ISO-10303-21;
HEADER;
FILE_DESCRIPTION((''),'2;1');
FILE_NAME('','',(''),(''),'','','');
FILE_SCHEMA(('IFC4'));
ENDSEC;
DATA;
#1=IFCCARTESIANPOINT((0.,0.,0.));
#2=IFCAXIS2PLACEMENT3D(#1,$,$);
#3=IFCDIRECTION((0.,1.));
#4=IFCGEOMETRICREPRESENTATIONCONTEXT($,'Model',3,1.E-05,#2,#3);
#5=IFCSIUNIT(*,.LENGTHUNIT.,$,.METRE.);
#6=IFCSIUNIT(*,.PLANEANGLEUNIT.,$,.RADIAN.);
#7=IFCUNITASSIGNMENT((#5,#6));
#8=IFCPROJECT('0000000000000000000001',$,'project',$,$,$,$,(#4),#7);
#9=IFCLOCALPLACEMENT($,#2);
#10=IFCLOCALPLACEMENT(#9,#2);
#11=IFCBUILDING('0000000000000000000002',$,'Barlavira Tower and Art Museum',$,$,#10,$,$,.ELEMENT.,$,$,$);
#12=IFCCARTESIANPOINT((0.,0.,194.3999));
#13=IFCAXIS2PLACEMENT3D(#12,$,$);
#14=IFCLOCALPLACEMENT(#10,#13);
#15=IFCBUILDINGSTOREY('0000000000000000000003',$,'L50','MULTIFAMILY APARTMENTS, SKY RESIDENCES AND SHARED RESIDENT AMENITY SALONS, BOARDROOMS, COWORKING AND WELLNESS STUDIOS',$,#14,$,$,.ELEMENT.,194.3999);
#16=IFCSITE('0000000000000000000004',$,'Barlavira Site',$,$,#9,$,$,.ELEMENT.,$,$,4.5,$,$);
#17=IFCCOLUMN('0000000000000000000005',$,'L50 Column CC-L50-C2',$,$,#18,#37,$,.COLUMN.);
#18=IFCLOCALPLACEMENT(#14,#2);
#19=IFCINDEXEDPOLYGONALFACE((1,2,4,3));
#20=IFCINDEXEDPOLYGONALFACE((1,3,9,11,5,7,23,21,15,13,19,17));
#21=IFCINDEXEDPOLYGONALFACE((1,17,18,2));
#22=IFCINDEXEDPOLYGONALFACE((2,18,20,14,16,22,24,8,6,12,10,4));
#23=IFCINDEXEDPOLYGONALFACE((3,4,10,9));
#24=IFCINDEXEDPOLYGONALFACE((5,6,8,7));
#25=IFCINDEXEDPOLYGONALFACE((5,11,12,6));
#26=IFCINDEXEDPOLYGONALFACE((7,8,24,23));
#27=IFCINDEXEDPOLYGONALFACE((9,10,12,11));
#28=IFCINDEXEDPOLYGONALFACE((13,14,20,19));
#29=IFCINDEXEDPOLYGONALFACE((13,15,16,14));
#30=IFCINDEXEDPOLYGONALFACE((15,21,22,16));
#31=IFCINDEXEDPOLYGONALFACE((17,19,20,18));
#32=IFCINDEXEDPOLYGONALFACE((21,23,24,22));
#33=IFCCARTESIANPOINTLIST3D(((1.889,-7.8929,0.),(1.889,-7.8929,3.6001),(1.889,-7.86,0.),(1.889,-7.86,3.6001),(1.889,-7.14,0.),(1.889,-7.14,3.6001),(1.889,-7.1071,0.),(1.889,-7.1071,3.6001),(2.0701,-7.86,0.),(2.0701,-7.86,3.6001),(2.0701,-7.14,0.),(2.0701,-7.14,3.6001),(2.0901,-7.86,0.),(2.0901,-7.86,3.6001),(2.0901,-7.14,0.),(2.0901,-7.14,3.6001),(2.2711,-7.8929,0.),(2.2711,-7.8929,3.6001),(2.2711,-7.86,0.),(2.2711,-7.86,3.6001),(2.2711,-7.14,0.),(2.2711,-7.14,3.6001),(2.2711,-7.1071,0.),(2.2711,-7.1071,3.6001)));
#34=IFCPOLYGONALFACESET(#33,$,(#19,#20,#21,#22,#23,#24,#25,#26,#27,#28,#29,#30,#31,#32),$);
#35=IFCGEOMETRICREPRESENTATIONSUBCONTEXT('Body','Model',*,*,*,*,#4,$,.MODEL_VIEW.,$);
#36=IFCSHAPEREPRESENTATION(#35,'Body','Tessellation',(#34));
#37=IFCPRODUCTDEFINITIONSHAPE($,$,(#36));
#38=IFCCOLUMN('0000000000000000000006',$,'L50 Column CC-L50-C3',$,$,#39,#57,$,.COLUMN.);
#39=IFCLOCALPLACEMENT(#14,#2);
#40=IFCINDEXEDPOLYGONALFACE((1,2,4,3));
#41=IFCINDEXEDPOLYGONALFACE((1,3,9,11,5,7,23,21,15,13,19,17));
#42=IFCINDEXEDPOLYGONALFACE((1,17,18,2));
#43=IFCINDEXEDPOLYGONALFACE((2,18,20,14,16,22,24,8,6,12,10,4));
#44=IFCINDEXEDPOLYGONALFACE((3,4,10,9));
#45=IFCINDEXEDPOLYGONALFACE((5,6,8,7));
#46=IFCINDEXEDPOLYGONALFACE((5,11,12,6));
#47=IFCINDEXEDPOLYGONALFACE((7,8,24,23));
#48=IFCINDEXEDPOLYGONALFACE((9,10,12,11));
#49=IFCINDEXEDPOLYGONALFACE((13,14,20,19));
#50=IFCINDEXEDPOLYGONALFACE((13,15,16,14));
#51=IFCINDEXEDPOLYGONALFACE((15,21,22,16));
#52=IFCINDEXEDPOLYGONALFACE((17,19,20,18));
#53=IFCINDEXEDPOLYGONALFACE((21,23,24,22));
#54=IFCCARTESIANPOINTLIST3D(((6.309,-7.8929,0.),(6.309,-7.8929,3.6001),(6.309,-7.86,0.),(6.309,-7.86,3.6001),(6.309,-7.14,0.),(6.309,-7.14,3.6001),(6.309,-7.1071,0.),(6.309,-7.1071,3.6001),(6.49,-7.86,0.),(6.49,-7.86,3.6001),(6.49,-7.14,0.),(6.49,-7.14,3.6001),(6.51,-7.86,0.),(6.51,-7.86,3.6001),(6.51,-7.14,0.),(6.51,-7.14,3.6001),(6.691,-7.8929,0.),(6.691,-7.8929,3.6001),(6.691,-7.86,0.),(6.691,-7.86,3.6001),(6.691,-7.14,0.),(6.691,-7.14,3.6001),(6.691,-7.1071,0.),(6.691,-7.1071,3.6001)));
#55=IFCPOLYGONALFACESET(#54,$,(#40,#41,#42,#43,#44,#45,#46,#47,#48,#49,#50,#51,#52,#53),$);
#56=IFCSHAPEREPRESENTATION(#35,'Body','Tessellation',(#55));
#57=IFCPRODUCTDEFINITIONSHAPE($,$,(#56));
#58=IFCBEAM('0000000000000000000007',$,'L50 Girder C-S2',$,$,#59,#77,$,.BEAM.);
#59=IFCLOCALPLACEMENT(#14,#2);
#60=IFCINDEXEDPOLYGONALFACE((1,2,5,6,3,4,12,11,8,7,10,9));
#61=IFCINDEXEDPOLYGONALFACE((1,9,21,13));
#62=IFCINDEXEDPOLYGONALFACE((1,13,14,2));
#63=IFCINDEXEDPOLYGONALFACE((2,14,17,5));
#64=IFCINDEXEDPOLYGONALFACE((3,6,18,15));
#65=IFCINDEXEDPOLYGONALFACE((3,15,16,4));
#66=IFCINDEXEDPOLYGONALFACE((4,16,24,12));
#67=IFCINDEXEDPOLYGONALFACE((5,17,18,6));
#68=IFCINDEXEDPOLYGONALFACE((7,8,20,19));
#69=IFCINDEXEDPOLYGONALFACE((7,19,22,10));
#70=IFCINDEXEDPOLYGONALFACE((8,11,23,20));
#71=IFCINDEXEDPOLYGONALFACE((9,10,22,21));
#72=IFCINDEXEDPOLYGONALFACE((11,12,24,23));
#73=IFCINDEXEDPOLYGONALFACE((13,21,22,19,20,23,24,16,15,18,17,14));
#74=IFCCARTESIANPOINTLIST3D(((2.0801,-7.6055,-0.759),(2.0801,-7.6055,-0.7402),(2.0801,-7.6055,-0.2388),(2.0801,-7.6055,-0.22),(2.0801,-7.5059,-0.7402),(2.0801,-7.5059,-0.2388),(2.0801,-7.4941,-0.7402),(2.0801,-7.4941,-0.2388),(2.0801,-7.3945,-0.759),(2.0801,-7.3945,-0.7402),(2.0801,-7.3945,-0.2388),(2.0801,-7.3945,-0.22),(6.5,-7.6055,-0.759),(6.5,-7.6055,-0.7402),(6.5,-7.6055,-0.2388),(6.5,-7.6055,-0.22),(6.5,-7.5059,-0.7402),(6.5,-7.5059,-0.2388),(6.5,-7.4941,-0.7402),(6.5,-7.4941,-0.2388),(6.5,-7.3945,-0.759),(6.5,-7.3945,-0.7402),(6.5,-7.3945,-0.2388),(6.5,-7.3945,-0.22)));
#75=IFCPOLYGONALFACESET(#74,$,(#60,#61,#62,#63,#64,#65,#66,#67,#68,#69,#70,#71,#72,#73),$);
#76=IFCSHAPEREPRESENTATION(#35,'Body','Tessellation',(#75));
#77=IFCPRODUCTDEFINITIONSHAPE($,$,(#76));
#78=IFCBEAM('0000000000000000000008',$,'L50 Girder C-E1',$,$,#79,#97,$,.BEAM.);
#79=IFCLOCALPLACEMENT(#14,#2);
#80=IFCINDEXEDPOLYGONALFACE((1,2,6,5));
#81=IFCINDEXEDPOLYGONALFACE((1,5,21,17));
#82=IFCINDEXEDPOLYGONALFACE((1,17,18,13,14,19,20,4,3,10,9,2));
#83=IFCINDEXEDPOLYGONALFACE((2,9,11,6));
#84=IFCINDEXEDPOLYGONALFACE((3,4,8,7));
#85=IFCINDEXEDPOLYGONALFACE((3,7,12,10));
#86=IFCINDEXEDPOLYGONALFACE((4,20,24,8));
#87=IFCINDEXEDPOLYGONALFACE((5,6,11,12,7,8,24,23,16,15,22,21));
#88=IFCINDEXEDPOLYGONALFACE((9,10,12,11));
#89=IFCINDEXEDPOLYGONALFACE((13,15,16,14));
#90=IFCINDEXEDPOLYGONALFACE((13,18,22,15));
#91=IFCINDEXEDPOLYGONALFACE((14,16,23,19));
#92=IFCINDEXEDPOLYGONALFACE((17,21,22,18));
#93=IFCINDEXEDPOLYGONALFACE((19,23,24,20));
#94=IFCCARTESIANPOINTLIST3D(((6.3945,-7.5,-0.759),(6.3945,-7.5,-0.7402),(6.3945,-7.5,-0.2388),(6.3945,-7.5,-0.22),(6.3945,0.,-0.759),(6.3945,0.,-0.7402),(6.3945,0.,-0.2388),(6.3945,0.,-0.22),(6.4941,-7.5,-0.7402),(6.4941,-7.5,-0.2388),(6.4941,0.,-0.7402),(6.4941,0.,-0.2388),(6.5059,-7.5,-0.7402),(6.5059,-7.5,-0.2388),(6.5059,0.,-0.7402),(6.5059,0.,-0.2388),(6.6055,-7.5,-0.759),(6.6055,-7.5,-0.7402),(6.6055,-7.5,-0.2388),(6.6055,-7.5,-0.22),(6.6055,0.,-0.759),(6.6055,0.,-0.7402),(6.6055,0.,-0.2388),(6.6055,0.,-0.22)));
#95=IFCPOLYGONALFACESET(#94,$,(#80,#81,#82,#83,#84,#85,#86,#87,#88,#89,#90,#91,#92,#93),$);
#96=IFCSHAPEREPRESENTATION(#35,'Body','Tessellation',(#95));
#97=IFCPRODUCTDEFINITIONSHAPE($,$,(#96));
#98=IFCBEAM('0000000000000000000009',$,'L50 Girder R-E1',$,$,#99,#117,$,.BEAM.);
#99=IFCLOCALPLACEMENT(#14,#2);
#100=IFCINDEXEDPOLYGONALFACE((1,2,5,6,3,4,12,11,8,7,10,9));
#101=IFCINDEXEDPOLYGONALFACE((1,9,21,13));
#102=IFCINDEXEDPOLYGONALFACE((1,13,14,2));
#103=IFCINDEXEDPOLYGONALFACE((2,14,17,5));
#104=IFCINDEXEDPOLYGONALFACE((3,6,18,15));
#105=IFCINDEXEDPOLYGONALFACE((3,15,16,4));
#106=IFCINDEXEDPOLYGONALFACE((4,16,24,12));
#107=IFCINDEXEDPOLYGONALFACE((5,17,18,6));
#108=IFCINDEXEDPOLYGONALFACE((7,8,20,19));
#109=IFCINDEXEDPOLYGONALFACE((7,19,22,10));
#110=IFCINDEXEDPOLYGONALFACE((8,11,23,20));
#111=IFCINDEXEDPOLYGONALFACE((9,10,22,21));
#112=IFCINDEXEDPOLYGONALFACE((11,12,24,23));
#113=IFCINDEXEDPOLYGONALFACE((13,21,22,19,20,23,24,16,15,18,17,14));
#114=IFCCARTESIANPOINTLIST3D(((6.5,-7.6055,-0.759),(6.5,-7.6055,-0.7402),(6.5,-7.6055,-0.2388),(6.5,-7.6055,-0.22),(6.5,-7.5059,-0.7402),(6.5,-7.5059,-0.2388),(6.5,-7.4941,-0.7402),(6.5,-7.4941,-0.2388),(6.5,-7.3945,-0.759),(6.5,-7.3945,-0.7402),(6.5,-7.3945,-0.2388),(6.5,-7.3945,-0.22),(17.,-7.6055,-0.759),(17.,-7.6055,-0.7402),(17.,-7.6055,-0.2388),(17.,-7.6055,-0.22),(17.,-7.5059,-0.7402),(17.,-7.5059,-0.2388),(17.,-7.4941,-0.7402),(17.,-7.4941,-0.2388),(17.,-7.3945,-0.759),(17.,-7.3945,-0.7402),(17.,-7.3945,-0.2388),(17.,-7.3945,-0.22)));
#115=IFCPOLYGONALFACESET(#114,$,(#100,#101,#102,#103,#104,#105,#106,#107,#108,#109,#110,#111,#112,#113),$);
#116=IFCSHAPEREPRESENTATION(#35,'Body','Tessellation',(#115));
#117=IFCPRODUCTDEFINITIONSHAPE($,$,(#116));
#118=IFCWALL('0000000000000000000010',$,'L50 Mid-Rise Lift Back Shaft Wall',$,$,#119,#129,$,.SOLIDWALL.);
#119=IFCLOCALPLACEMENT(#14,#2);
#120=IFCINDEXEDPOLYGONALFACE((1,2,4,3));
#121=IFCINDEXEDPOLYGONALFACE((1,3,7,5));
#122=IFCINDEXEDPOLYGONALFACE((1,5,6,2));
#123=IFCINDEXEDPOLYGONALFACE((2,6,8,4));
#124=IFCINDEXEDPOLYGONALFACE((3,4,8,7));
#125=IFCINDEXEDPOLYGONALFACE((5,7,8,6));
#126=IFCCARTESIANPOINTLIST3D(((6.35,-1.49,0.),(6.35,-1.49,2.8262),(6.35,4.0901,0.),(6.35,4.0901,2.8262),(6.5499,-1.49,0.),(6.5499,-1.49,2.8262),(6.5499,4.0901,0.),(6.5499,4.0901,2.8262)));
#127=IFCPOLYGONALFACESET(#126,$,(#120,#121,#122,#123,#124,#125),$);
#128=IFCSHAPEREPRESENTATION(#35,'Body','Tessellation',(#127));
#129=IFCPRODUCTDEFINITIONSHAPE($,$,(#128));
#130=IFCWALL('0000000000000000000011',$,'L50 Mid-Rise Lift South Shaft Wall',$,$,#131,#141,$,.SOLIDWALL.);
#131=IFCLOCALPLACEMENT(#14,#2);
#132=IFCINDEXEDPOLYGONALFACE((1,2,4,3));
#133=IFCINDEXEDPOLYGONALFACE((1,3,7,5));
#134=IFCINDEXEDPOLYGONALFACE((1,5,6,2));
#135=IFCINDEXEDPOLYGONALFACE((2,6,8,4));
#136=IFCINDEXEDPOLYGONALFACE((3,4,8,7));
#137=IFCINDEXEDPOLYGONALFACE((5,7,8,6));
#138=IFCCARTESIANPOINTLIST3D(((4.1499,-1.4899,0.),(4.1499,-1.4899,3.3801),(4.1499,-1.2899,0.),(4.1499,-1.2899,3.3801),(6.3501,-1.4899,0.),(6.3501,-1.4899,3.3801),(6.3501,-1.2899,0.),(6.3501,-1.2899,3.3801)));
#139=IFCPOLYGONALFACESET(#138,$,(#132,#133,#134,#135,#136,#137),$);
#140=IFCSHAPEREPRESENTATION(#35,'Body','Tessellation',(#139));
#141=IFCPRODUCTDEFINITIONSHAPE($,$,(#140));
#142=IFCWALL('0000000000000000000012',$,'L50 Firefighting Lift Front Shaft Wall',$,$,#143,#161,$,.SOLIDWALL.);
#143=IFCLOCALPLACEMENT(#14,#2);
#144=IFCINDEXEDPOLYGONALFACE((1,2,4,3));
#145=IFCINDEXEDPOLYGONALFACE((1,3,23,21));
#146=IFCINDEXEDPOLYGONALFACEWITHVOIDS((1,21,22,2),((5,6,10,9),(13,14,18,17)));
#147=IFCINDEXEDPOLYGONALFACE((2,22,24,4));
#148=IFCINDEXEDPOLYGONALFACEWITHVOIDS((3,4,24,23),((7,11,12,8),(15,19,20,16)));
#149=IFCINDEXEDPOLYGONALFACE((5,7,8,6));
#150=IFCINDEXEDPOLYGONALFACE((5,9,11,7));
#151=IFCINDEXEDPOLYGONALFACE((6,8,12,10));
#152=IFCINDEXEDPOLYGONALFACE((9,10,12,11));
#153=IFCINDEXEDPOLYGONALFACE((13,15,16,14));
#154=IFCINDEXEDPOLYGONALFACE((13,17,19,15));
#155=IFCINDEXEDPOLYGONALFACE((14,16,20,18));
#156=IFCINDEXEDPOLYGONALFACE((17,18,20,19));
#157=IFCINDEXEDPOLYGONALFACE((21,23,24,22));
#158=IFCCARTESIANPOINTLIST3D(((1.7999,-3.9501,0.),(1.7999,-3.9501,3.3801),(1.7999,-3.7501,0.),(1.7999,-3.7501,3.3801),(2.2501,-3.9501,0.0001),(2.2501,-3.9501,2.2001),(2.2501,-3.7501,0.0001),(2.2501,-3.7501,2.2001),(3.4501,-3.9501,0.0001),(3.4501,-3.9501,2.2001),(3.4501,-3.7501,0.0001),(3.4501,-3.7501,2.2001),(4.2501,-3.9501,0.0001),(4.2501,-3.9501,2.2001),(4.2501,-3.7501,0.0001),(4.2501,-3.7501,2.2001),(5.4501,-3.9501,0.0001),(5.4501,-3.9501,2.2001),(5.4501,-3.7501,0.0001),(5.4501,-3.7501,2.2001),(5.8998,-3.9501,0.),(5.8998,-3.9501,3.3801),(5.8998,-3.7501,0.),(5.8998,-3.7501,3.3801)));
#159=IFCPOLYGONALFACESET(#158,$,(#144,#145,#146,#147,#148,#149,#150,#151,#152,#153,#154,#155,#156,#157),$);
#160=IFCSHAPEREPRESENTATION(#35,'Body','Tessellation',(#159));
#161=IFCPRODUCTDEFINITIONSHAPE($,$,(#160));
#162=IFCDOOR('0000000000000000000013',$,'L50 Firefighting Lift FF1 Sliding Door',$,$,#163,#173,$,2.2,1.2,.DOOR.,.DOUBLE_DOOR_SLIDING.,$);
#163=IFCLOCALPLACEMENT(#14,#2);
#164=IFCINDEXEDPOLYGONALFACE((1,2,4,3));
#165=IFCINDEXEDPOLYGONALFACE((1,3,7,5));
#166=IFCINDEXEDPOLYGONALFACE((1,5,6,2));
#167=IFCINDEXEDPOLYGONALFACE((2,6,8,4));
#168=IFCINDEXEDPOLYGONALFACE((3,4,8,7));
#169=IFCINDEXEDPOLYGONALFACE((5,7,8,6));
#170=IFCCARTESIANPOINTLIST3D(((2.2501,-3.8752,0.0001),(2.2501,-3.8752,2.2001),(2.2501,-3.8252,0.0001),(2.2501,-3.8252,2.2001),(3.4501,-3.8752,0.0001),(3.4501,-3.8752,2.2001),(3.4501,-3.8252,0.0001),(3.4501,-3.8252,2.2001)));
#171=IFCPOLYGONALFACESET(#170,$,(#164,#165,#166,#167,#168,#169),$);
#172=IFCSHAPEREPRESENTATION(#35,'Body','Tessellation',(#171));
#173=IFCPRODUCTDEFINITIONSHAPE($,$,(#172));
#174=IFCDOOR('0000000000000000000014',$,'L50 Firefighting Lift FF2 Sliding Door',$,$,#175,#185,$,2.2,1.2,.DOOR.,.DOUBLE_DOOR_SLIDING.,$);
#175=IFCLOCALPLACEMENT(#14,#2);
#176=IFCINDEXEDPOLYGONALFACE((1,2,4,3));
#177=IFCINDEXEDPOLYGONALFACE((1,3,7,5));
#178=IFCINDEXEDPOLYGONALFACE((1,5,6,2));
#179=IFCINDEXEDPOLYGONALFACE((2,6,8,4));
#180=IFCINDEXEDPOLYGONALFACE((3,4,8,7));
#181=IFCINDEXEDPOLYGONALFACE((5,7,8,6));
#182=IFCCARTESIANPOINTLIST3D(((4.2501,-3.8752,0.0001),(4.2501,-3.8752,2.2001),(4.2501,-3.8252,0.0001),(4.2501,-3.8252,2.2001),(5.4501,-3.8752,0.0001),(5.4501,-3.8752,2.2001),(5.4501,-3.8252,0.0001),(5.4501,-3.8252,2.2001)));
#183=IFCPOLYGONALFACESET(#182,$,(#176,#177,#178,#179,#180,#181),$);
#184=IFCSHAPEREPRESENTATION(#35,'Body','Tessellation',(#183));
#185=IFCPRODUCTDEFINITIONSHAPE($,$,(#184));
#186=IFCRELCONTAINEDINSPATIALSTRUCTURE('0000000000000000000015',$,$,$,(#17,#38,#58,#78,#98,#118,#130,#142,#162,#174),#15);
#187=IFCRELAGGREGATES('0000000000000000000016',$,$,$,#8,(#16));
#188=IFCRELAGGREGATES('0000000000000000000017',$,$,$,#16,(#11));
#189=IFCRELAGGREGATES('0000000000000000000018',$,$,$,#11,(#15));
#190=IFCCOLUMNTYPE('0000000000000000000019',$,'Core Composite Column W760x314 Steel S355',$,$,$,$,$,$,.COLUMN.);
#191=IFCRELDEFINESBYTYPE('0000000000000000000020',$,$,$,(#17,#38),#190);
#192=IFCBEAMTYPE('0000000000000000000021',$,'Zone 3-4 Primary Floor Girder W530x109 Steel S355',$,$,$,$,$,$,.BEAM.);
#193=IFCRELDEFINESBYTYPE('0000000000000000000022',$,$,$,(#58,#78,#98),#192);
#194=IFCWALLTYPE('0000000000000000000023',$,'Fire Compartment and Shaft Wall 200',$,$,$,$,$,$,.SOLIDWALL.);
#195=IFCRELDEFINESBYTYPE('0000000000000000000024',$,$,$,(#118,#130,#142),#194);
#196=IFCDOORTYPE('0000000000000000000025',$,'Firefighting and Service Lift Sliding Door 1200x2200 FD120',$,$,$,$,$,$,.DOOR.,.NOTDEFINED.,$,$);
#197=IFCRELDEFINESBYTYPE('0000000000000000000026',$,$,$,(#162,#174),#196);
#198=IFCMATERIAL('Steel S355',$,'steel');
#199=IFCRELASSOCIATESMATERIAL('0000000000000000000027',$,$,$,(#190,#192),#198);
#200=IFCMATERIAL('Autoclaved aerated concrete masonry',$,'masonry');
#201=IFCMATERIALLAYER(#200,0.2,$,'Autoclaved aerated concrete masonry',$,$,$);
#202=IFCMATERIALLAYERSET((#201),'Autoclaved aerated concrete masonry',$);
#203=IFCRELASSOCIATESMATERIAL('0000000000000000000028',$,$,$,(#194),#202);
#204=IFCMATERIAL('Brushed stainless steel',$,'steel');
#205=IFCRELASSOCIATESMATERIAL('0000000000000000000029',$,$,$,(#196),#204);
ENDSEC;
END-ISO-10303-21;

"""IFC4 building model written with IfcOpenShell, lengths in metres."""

from ifc_helpers import new_model, si_unit, direction, frame, frame_2d, origin, origin_2d, place, context, subcontext, project, spatial, rectangle, i_section, extrude, material, layer, layer_set, material_profile, profile_set, type_object, element, fill, save


model = new_model("IFC4")

# Units and contexts
model_context = context("Model", 3, precision=1e-05, world=origin(), true_north=direction((0.0, 1.0)))
body_context = subcontext(model_context, "Body", "Model", "MODEL_VIEW")
ifc_project = project(units=[si_unit("LENGTHUNIT", "METRE"), si_unit("PLANEANGLEUNIT", "RADIAN")], contexts=[model_context])

# Site, building, storey
site_placement = place(None, origin())
site = spatial("IfcSite", under=ifc_project, at=site_placement, Name="Barlavira Site", CompositionType="ELEMENT", RefElevation=4.5)
building_placement = place(site_placement, origin())
building = spatial("IfcBuilding", under=site, at=building_placement, Name="Barlavira Tower and Art Museum", CompositionType="ELEMENT")
storey_placement = place(building_placement, frame((0.0, 0.0, 194.3999)))
storey = spatial("IfcBuildingStorey", under=building, at=storey_placement, Name="L50", Description="MULTIFAMILY APARTMENTS, SKY RESIDENCES AND SHARED RESIDENT AMENITY SALONS, BOARDROOMS, COWORKING AND WELLNESS STUDIOS", CompositionType="ELEMENT", Elevation=194.3999)

# Columns
ifc_material_1 = material(Name="Steel S355", Category="steel")
ifc_material_profile_1 = material_profile(ifc_material_1, i_section(OverallWidth=0.3821, OverallDepth=0.7859, WebThickness=0.02, FlangeThickness=0.033, at=origin_2d()), Name="W760x314.0")
ifc_profile_set_1 = profile_set([ifc_material_profile_1], Name="Steel S355")
column_type = type_object("IfcColumnType", Name="Core Composite Column W760x314 Steel S355", PredefinedType="COLUMN", material=ifc_profile_set_1)
for number, where, z_axis, x_axis, name in (
    (1, (2.0801, -7.5, 0.0), (0.0, 0.0, 1.0), (1.0, 0.0, 0.0), "L50 Column CC-L50-C2"),
    (2, (6.5, -7.5, 0.0), (0.0, 0.0, 1.0), (1.0, 0.0, 0.0), "L50 Column CC-L50-C3"),
):
    element("IfcColumn", number, at=place(storey_placement, frame(where, z_axis=z_axis, x_axis=x_axis)), inside=storey, type_object=column_type, Name=name, PredefinedType="COLUMN", context=body_context, shape_type="SweptSolid", body=[
        extrude(i_section(OverallWidth=0.3821, OverallDepth=0.7859, WebThickness=0.02, FlangeThickness=0.033, at=origin_2d()), origin(), (0.0, 0.0, 1.0), 3.6001),
    ])

# Beams
ifc_material_profile_2 = material_profile(ifc_material_1, i_section(OverallWidth=0.2109, OverallDepth=0.5391, WebThickness=0.0117, FlangeThickness=0.0188, at=origin_2d()), Name="W530x109.0")
ifc_profile_set_2 = profile_set([ifc_material_profile_2], Name="Steel S355")
beam_type = type_object("IfcBeamType", Name="Zone 3-4 Primary Floor Girder W530x109 Steel S355", PredefinedType="BEAM", material=ifc_profile_set_2)
beam_1_placement = place(storey_placement, frame((2.0801, -7.5, -0.4895), z_axis=(1.0, 0.0, 0.0), x_axis=(0.0, 1.0, 0.0)))
element("IfcBeam", 3, at=beam_1_placement, inside=storey, type_object=beam_type, Name="L50 Girder C-S2", PredefinedType="BEAM", context=body_context, shape_type="SweptSolid", body=[
    extrude(i_section(OverallWidth=0.2109, OverallDepth=0.5391, WebThickness=0.0117, FlangeThickness=0.0188, at=origin_2d()), origin(), (0.0, 0.0, 1.0), 4.4199),
])
beam_2_placement = place(storey_placement, frame((6.5, -7.5, -0.4895), z_axis=(0.0, 1.0, 0.0), x_axis=(-1.0, 0.0, 0.0)))
element("IfcBeam", 4, at=beam_2_placement, inside=storey, type_object=beam_type, Name="L50 Girder C-E1", PredefinedType="BEAM", context=body_context, shape_type="SweptSolid", body=[
    extrude(i_section(OverallWidth=0.2109, OverallDepth=0.5391, WebThickness=0.0117, FlangeThickness=0.0188, at=origin_2d()), origin(), (0.0, 0.0, 1.0), 7.5),
])
beam_3_placement = place(storey_placement, frame((6.5, -7.5, -0.4895), z_axis=(1.0, 0.0, 0.0), x_axis=(0.0, 1.0, 0.0)))
element("IfcBeam", 5, at=beam_3_placement, inside=storey, type_object=beam_type, Name="L50 Girder R-E1", PredefinedType="BEAM", context=body_context, shape_type="SweptSolid", body=[
    extrude(i_section(OverallWidth=0.2109, OverallDepth=0.5391, WebThickness=0.0117, FlangeThickness=0.0188, at=origin_2d()), origin(), (0.0, 0.0, 1.0), 10.5),
])

# Shared definitions
ifc_material_2 = material(Name="Brushed stainless steel", Category="steel")

# Shared definitions
ifc_material_3 = material(Name="Autoclaved aerated concrete masonry", Category="masonry")
ifc_layer_1 = layer(ifc_material_3, 0.2, Name="Autoclaved aerated concrete masonry")
ifc_layer_set_1 = layer_set([ifc_layer_1], Name="Autoclaved aerated concrete masonry")
wall_type_1 = type_object("IfcWallType", Name="Fire Compartment and Shaft Wall 200", PredefinedType="SOLIDWALL", material=ifc_layer_set_1)

# Walls
wall_1_placement = place(storey_placement, frame((6.45, -1.49, 0.0), z_axis=(0.0, 0.0, 1.0), x_axis=(0.0, 1.0, 0.0)))
element("IfcWall", 6, at=wall_1_placement, inside=storey, type_object=wall_type_1, Name="L50 Mid-Rise Lift Back Shaft Wall", PredefinedType="SOLIDWALL", context=body_context, shape_type="SweptSolid", body=[
    extrude(rectangle(XDim=5.5801, YDim=0.2, at=frame_2d((2.79, 0.0))), origin(), (0.0, 0.0, 1.0), 2.8262),
])
wall_2_placement = place(storey_placement, frame((4.1499, -1.3899, 0.0), z_axis=(0.0, 0.0, 1.0), x_axis=(1.0, 0.0, 0.0)))
element("IfcWall", 7, at=wall_2_placement, inside=storey, type_object=wall_type_1, Name="L50 Mid-Rise Lift South Shaft Wall", PredefinedType="SOLIDWALL", context=body_context, shape_type="SweptSolid", body=[
    extrude(rectangle(XDim=2.2002, YDim=0.2, at=frame_2d((1.1001, 0.0))), origin(), (0.0, 0.0, 1.0), 3.3801),
])

# Wall, openings, doors
wall_3_placement = place(storey_placement, frame((1.8, -3.8501, 0.0), z_axis=(0.0, 0.0, 1.0), x_axis=(1.0, 0.0, 0.0)))
wall_3 = element("IfcWall", 8, at=wall_3_placement, inside=storey, type_object=wall_type_1, Name="L50 Firefighting Lift Front Shaft Wall", PredefinedType="SOLIDWALL", context=body_context, shape_type="SweptSolid", body=[
    extrude(rectangle(XDim=4.0999, YDim=0.2, at=frame_2d((2.0498, 0.0))), origin(), (0.0, 0.0, 1.0), 3.3801),
])
opening_1_placement = place(wall_3_placement, frame((0.45, 0.0, 0.0)))
opening_1 = element("IfcOpeningElement", 9, at=opening_1_placement, cuts=wall_3, PredefinedType="OPENING", context=body_context, shape_type="SweptSolid", body=[
    extrude(rectangle(XDim=1.2, YDim=2.2, at=frame_2d((0.6001, 1.1001))), frame((0.0, 0.1099, 0.0), z_axis=(0.0, -1.0, 0.0), x_axis=(1.0, 0.0, 0.0)), (0.0, 0.0, 1.0), 0.22),
])
opening_2_placement = place(wall_3_placement, frame((2.45, 0.0, 0.0)))
opening_2 = element("IfcOpeningElement", 10, at=opening_2_placement, cuts=wall_3, PredefinedType="OPENING", context=body_context, shape_type="SweptSolid", body=[
    extrude(rectangle(XDim=1.2, YDim=2.2, at=frame_2d((0.6001, 1.1001))), frame((0.0, 0.1099, 0.0), z_axis=(0.0, -1.0, 0.0), x_axis=(1.0, 0.0, 0.0)), (0.0, 0.0, 1.0), 0.22),
])
door_type_1 = type_object("IfcDoorType", Name="Firefighting and Service Lift Sliding Door 1200x2200 FD120", OperationType="NOTDEFINED", PredefinedType="DOOR", material=ifc_material_2)
door_1_placement = place(opening_1_placement, origin())
door_1 = element("IfcDoor", 11, at=door_1_placement, inside=storey, type_object=door_type_1, Name="L50 Firefighting Lift FF1 Sliding Door", OperationType="DOUBLE_DOOR_SLIDING", OverallHeight=2.2, OverallWidth=1.2, PredefinedType="DOOR", context=body_context, shape_type="SweptSolid", body=[
    extrude(rectangle(XDim=1.2, YDim=2.2, at=frame_2d((0.6001, 1.1001))), frame((0.0, 0.0249, 0.0), z_axis=(0.0, -1.0, 0.0), x_axis=(1.0, 0.0, 0.0)), (0.0, 0.0, 1.0), 0.05),
])
fill(opening_1, door_1)
door_2_placement = place(opening_2_placement, origin())
door_2 = element("IfcDoor", 12, at=door_2_placement, inside=storey, type_object=door_type_1, Name="L50 Firefighting Lift FF2 Sliding Door", OperationType="DOUBLE_DOOR_SLIDING", OverallHeight=2.2, OverallWidth=1.2, PredefinedType="DOOR", context=body_context, shape_type="SweptSolid", body=[
    extrude(rectangle(XDim=1.2, YDim=2.2, at=frame_2d((0.6001, 1.1001))), frame((0.0, 0.0249, 0.0), z_axis=(0.0, -1.0, 0.0), x_axis=(1.0, 0.0, 0.0)), (0.0, 0.0, 1.0), 0.05),
])
fill(opening_2, door_2)

save(model, "model.ifc")
